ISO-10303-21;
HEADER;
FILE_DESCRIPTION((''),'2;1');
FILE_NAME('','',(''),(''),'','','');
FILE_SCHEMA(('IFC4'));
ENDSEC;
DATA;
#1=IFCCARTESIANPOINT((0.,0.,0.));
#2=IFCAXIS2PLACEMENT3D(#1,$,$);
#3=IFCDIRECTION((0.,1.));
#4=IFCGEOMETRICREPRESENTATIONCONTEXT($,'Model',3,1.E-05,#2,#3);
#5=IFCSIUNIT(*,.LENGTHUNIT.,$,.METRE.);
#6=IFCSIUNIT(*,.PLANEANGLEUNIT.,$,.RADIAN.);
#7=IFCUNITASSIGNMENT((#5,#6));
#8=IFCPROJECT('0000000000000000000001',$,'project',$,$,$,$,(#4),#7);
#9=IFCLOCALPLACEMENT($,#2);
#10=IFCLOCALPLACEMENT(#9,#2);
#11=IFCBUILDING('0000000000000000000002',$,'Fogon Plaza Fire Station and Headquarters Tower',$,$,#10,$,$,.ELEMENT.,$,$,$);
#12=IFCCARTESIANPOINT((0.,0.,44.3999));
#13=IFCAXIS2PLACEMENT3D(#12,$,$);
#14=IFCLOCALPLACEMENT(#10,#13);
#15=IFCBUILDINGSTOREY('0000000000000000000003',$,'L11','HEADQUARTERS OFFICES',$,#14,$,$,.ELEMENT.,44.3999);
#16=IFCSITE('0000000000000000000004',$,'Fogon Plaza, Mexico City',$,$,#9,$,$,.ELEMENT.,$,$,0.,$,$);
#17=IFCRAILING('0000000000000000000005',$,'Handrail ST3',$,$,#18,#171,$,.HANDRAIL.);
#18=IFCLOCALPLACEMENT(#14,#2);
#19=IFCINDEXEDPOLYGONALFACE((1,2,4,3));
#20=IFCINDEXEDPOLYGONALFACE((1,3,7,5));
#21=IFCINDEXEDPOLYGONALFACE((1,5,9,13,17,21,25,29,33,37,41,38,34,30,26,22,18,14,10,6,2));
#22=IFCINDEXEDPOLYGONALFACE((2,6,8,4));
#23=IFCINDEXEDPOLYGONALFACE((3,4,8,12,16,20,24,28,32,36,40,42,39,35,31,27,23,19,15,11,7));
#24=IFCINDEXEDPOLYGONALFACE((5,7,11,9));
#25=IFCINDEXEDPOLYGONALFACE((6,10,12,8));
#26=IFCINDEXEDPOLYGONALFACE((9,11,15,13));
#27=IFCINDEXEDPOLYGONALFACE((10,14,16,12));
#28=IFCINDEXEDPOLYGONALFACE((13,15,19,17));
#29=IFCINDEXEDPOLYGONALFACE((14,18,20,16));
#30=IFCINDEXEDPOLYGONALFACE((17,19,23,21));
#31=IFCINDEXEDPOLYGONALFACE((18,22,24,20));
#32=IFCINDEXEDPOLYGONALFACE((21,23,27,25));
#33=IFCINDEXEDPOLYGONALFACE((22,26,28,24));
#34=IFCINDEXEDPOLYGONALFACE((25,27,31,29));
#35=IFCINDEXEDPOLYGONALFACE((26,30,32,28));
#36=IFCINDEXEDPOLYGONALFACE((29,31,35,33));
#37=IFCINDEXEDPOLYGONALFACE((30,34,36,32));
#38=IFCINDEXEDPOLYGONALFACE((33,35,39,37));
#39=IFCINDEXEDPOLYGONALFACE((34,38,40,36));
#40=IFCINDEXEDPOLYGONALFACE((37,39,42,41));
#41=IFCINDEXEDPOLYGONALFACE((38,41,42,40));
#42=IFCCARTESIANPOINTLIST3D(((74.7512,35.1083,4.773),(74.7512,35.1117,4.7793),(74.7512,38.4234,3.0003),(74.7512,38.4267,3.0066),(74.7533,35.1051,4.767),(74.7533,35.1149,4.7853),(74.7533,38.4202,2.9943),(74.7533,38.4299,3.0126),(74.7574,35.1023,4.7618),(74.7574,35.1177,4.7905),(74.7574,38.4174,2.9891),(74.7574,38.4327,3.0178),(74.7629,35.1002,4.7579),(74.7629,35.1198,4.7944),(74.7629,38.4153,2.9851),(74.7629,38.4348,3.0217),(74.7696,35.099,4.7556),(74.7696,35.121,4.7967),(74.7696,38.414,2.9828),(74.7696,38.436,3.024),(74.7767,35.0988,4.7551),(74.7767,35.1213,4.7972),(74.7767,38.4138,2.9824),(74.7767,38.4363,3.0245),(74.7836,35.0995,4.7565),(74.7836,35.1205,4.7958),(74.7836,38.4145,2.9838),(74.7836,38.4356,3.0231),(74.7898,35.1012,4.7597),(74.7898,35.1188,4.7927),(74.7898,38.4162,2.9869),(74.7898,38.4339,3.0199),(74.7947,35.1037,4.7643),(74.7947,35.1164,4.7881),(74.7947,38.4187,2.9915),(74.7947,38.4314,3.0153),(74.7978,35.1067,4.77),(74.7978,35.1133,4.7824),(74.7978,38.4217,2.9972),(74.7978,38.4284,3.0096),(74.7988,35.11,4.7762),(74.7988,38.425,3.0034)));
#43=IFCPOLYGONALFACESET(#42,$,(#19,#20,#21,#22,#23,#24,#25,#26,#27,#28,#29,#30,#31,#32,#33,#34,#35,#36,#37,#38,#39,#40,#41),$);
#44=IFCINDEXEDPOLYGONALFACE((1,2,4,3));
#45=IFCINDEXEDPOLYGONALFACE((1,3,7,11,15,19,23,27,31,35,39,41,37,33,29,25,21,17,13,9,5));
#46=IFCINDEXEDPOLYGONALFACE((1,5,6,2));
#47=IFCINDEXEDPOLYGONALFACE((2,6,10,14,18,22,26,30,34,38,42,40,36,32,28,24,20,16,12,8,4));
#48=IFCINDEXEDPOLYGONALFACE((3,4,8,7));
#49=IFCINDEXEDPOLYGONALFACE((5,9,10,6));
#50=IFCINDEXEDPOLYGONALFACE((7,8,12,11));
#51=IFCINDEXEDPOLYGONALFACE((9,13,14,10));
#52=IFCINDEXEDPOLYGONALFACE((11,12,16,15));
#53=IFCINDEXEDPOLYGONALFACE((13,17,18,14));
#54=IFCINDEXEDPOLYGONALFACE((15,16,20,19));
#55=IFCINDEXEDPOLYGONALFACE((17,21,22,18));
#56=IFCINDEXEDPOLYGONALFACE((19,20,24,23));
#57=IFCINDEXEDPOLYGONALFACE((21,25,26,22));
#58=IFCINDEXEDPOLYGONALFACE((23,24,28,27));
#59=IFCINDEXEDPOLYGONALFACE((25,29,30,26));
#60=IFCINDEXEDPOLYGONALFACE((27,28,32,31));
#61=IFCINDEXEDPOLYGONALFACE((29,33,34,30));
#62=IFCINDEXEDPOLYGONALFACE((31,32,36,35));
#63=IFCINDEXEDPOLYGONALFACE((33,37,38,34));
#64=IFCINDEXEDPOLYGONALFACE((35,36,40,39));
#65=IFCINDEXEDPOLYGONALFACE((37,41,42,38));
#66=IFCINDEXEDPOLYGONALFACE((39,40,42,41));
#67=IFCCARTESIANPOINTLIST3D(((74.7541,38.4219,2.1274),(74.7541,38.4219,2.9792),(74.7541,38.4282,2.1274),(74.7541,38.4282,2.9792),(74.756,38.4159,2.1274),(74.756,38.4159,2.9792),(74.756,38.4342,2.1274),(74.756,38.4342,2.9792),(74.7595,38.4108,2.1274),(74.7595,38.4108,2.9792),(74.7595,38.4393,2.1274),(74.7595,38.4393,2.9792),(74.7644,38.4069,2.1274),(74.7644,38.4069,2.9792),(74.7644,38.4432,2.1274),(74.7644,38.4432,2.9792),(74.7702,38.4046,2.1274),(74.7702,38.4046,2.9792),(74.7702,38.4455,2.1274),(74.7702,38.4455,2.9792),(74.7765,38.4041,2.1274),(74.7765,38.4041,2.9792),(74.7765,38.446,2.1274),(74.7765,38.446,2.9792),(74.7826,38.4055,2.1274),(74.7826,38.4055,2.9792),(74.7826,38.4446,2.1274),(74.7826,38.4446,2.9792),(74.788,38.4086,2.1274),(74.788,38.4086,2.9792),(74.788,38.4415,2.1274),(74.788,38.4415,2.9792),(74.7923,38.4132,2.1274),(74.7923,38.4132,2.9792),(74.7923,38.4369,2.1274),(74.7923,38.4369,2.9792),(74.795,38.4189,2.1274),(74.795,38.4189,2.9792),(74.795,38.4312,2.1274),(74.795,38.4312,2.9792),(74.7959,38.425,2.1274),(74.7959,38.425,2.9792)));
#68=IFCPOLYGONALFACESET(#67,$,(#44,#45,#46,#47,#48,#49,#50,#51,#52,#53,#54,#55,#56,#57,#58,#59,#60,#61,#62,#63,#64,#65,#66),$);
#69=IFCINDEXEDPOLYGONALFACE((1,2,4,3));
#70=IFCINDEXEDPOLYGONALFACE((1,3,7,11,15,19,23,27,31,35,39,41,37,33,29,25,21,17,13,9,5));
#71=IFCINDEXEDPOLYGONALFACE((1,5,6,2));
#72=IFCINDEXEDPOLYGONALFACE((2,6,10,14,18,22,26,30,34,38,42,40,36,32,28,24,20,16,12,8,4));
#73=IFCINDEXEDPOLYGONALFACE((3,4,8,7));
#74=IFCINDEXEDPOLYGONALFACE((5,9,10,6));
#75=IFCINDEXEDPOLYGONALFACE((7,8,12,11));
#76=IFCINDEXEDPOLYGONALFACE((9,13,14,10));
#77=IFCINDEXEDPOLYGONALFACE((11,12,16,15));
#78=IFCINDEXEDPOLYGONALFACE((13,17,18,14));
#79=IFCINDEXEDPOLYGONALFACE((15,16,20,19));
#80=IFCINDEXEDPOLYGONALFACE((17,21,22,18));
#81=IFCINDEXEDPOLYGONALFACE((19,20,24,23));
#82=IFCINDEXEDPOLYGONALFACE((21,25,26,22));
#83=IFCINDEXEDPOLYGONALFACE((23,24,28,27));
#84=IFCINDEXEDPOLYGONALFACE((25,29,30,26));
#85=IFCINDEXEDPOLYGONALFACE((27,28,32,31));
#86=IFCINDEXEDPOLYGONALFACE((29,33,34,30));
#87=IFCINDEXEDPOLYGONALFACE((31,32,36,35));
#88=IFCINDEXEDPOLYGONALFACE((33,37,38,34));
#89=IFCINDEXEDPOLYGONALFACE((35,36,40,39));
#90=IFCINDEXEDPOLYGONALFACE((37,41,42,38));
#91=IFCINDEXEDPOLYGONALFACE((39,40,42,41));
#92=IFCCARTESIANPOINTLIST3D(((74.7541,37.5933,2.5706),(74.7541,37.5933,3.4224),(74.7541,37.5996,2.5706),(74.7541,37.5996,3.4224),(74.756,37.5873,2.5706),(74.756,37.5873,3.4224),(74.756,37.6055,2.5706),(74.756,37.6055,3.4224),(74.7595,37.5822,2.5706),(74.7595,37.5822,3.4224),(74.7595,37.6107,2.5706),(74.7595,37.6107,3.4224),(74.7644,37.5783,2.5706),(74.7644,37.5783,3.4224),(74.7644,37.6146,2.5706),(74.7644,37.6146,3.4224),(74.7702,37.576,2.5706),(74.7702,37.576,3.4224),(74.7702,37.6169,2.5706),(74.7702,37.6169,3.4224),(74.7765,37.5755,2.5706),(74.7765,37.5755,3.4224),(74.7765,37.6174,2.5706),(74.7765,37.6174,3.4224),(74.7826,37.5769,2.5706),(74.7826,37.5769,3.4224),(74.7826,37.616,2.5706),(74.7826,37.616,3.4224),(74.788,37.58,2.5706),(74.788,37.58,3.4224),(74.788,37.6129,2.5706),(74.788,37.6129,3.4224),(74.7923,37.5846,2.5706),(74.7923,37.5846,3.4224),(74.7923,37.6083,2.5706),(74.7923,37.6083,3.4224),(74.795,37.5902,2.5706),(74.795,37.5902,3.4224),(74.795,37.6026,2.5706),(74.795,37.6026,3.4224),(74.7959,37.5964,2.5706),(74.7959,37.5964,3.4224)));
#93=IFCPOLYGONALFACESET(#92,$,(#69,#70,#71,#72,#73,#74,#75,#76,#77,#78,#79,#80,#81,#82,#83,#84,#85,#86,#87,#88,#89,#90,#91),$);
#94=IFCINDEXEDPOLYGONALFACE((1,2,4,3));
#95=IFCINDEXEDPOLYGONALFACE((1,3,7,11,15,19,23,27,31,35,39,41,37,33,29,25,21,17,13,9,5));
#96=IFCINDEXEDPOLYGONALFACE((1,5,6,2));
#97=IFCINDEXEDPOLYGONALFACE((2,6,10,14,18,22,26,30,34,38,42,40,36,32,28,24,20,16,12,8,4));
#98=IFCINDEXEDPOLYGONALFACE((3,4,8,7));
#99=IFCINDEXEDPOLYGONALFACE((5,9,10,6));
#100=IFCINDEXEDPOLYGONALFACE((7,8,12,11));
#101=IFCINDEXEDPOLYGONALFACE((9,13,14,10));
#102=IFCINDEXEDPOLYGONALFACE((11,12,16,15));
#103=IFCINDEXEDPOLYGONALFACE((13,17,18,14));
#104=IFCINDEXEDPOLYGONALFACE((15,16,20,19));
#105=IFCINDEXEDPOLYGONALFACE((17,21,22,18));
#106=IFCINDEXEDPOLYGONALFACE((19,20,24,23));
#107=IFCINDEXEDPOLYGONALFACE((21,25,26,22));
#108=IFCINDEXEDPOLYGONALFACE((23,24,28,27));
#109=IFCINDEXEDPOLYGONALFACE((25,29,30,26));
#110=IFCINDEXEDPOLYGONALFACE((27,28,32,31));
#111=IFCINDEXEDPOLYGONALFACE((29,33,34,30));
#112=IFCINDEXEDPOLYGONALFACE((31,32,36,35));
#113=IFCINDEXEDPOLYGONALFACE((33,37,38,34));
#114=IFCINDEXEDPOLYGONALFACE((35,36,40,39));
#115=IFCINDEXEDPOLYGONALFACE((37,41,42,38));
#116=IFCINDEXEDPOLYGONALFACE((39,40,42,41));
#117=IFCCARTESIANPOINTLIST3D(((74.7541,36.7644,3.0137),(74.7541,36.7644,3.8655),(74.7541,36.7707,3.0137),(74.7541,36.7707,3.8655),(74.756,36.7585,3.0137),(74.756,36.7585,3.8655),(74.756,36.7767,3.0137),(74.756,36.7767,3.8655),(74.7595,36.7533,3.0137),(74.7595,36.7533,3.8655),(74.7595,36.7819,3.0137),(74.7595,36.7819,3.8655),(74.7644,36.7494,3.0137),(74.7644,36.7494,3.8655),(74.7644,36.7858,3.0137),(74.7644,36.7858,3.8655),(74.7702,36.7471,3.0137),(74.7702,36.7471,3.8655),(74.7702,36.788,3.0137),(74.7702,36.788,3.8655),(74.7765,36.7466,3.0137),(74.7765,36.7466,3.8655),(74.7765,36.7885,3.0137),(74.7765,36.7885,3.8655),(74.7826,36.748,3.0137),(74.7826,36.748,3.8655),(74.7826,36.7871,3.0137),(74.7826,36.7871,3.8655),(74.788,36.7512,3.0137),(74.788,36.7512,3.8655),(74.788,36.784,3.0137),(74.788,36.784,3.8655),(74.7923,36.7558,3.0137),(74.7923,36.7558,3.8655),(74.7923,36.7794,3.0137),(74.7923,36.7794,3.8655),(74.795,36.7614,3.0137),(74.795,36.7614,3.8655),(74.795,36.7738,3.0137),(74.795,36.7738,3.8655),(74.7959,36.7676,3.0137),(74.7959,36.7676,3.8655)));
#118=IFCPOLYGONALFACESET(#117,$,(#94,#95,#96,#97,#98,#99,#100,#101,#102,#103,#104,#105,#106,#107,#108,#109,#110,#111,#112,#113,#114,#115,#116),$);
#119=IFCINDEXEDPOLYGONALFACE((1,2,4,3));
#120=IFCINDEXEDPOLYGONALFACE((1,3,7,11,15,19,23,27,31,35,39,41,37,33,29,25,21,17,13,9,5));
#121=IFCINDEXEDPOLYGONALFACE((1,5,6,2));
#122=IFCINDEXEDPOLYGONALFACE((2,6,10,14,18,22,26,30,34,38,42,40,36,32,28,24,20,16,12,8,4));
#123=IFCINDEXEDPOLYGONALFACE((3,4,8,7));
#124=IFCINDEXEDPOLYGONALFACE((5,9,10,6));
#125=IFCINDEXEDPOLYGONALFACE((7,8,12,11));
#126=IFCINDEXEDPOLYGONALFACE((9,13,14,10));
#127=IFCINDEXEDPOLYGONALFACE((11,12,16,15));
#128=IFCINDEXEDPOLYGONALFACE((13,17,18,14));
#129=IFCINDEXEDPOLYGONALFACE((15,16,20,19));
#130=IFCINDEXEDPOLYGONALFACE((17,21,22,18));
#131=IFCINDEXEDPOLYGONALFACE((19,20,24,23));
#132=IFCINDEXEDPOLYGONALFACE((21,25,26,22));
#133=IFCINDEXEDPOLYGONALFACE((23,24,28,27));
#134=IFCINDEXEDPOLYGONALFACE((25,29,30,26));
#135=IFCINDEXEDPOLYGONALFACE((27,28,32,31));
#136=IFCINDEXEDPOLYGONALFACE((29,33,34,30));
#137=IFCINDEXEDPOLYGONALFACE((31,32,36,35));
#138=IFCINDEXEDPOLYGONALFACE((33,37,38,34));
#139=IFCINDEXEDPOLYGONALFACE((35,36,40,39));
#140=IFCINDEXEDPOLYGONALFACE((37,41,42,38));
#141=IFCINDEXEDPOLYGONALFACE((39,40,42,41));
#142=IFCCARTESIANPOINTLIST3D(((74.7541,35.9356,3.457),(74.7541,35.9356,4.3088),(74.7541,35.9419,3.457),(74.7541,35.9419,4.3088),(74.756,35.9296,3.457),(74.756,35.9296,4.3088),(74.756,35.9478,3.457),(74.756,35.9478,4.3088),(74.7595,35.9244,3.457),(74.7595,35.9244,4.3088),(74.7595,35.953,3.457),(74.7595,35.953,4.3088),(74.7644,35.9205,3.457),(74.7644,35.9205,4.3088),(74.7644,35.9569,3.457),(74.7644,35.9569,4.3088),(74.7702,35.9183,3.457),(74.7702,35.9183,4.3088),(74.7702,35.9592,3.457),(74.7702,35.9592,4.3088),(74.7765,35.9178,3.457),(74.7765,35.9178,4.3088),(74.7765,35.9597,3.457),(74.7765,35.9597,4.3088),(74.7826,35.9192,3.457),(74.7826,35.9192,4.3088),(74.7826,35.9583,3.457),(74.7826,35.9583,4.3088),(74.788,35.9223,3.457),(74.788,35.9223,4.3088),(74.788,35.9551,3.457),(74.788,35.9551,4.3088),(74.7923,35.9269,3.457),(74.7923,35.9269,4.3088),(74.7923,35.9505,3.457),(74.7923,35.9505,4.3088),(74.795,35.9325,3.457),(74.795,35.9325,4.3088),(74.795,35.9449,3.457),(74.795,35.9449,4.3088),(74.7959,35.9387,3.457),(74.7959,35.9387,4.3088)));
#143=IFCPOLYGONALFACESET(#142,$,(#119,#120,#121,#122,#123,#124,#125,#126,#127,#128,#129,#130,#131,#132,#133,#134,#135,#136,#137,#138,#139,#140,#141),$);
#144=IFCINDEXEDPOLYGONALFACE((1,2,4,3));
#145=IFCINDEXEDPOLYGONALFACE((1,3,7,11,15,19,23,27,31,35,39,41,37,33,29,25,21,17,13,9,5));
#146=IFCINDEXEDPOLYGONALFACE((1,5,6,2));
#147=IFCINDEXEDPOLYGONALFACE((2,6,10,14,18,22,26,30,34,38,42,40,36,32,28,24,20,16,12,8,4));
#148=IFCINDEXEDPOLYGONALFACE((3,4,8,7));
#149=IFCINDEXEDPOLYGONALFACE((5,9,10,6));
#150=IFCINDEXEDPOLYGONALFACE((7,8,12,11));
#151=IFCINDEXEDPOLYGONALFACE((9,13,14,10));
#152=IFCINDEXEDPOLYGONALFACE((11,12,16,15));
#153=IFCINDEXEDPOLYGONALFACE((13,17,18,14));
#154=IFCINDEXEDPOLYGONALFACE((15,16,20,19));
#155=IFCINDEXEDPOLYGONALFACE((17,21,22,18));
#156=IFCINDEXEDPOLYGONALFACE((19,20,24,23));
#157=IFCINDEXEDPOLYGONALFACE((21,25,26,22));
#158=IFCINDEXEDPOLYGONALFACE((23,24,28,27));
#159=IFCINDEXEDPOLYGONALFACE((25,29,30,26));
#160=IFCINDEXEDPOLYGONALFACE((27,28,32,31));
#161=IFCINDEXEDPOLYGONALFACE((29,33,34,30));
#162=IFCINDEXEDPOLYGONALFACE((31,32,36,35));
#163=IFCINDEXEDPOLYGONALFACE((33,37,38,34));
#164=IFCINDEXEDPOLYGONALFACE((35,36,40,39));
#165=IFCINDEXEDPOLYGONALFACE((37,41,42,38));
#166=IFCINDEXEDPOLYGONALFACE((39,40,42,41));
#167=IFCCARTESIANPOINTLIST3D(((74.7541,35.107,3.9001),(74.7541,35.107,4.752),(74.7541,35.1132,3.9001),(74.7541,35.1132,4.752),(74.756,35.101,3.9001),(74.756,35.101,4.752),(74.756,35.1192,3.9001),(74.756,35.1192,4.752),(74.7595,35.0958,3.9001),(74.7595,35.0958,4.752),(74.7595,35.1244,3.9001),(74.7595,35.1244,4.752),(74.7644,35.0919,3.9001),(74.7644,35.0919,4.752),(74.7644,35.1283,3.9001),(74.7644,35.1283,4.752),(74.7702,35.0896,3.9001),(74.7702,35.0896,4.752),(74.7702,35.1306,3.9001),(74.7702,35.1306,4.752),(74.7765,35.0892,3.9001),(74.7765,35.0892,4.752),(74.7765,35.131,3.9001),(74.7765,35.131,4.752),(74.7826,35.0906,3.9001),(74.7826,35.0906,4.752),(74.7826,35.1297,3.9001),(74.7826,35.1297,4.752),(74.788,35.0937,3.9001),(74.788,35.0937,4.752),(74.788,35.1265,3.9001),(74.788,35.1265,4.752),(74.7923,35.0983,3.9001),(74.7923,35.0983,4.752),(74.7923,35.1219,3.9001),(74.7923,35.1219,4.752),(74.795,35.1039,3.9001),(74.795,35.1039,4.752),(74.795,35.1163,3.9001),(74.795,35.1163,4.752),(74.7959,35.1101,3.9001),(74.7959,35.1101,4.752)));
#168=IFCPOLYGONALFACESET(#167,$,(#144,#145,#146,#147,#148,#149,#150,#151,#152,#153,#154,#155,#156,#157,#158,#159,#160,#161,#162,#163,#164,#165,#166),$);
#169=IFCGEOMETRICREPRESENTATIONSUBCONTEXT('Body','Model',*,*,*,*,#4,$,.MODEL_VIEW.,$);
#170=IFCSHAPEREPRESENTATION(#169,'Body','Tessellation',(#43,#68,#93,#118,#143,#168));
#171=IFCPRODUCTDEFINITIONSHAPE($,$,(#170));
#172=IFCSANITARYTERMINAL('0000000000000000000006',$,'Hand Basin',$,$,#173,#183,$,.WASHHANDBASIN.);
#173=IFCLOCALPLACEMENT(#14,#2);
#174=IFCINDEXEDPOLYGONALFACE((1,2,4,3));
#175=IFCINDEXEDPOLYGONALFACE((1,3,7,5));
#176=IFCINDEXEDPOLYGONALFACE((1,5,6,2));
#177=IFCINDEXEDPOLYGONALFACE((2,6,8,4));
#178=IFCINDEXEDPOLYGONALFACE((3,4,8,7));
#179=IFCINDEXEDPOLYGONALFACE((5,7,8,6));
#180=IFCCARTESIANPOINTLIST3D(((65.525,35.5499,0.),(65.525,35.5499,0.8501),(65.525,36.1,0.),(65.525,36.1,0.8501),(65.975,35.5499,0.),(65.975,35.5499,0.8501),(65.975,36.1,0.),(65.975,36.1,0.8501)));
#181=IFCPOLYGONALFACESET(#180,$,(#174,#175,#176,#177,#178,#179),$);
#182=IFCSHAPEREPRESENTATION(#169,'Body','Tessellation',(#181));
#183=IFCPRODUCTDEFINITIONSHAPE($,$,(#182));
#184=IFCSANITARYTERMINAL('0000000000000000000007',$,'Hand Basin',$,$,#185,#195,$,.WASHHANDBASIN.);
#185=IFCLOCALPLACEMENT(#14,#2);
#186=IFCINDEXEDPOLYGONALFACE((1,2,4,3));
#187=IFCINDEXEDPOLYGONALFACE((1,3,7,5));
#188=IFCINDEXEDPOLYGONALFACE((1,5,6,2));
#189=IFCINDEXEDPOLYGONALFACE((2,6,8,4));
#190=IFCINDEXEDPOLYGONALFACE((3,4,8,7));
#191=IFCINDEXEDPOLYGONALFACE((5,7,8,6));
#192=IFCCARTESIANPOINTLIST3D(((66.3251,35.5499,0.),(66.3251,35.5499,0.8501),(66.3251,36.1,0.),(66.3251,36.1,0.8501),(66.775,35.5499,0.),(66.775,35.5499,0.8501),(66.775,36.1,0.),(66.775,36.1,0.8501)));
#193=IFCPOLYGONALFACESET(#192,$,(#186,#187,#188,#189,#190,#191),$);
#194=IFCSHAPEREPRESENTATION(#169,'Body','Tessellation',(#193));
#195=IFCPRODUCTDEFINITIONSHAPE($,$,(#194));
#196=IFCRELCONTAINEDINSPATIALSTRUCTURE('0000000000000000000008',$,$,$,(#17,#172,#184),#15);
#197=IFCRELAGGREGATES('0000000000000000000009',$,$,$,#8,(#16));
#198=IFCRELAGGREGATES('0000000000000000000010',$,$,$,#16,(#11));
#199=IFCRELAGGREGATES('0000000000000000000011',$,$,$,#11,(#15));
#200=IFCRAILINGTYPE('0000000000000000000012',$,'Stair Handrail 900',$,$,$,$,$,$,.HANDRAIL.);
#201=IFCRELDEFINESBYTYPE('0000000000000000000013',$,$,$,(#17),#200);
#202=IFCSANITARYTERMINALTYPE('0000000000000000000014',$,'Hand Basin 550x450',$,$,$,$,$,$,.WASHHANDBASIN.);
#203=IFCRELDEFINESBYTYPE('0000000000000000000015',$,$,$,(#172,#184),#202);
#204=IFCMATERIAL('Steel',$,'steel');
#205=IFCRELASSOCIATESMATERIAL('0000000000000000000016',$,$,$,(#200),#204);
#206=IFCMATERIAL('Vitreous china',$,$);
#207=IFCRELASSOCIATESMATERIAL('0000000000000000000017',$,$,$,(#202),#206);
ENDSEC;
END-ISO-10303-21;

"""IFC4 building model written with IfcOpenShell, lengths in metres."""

from ifc_helpers import new_model, si_unit, direction, frame, origin, origin_2d, place, context, subcontext, project, spatial, rectangle, circle, extrude, material, type_object, element, save


model = new_model("IFC4")

# Units and contexts
model_context = context("Model", 3, precision=1e-05, world=origin(), true_north=direction((0.0, 1.0)))
body_context = subcontext(model_context, "Body", "Model", "MODEL_VIEW")
ifc_project = project(units=[si_unit("LENGTHUNIT", "METRE"), si_unit("PLANEANGLEUNIT", "RADIAN")], contexts=[model_context])

# Site, building, storey
site_placement = place(None, origin())
site = spatial("IfcSite", under=ifc_project, at=site_placement, Name="Fogon Plaza, Mexico City", CompositionType="ELEMENT", RefElevation=0.0)
building_placement = place(site_placement, origin())
building = spatial("IfcBuilding", under=site, at=building_placement, Name="Fogon Plaza Fire Station and Headquarters Tower", CompositionType="ELEMENT")
storey_placement = place(building_placement, frame((0.0, 0.0, 44.3999)))
storey = spatial("IfcBuildingStorey", under=building, at=storey_placement, Name="L11", Description="HEADQUARTERS OFFICES", CompositionType="ELEMENT", Elevation=44.3999)

# Railing
ifc_material_1 = material(Name="Steel", Category="steel")
railing_type = type_object("IfcRailingType", Name="Stair Handrail 900", PredefinedType="HANDRAIL", material=ifc_material_1)
for number, where, name in (
    (1, (74.7749, 38.425, 2.1274), "Handrail ST3"),
):
    element("IfcRailing", number, at=place(storey_placement, frame(where)), inside=storey, type_object=railing_type, Name=name, PredefinedType="HANDRAIL", context=body_context, shape_type="SweptSolid", body=[
        extrude(circle(Radius=0.0239, at=origin_2d()), frame((0.0, 0.0, 0.876), z_axis=(0.0, -0.881829, 0.471569), x_axis=(1.0, 0.0, 0.0)), (0.0, 0.0, 1.0), 3.7593),
        extrude(circle(Radius=0.021, at=origin_2d()), origin(), (0.0, 0.0, 1.0), 0.8518),
        extrude(circle(Radius=0.021, at=origin_2d()), frame((0.0, -0.8286, 0.4431)), (0.0, 0.0, 1.0), 0.8518),
        extrude(circle(Radius=0.021, at=origin_2d()), frame((0.0, -1.6575, 0.8862)), (0.0, 0.0, 1.0), 0.8518),
        extrude(circle(Radius=0.021, at=origin_2d()), frame((0.0, -2.4863, 1.3296)), (0.0, 0.0, 1.0), 0.8518),
        extrude(circle(Radius=0.021, at=origin_2d()), frame((0.0, -3.3149, 1.7727)), (0.0, 0.0, 1.0), 0.8518),
    ])

# Sanitary terminals
ifc_material_2 = material(Name="Vitreous china")
sanitary_terminal_type = type_object("IfcSanitaryTerminalType", Name="Hand Basin 550x450", PredefinedType="WASHHANDBASIN", material=ifc_material_2)
for number, where, z_axis, x_axis, name in (
    (2, (65.75, 35.825, 0.0), (0.0, 0.0, 1.0), (1.0, 0.0, 0.0), "Hand Basin"),
    (3, (66.55, 35.825, 0.0), (0.0, 0.0, 1.0), (1.0, 0.0, 0.0), "Hand Basin"),
):
    element("IfcSanitaryTerminal", number, at=place(storey_placement, frame(where, z_axis=z_axis, x_axis=x_axis)), inside=storey, type_object=sanitary_terminal_type, Name=name, PredefinedType="WASHHANDBASIN", context=body_context, shape_type="SweptSolid", body=[
        extrude(rectangle(XDim=0.45, YDim=0.55, at=origin_2d()), origin(), (0.0, 0.0, 1.0), 0.8501),
    ])

save(model, "model.ifc")
